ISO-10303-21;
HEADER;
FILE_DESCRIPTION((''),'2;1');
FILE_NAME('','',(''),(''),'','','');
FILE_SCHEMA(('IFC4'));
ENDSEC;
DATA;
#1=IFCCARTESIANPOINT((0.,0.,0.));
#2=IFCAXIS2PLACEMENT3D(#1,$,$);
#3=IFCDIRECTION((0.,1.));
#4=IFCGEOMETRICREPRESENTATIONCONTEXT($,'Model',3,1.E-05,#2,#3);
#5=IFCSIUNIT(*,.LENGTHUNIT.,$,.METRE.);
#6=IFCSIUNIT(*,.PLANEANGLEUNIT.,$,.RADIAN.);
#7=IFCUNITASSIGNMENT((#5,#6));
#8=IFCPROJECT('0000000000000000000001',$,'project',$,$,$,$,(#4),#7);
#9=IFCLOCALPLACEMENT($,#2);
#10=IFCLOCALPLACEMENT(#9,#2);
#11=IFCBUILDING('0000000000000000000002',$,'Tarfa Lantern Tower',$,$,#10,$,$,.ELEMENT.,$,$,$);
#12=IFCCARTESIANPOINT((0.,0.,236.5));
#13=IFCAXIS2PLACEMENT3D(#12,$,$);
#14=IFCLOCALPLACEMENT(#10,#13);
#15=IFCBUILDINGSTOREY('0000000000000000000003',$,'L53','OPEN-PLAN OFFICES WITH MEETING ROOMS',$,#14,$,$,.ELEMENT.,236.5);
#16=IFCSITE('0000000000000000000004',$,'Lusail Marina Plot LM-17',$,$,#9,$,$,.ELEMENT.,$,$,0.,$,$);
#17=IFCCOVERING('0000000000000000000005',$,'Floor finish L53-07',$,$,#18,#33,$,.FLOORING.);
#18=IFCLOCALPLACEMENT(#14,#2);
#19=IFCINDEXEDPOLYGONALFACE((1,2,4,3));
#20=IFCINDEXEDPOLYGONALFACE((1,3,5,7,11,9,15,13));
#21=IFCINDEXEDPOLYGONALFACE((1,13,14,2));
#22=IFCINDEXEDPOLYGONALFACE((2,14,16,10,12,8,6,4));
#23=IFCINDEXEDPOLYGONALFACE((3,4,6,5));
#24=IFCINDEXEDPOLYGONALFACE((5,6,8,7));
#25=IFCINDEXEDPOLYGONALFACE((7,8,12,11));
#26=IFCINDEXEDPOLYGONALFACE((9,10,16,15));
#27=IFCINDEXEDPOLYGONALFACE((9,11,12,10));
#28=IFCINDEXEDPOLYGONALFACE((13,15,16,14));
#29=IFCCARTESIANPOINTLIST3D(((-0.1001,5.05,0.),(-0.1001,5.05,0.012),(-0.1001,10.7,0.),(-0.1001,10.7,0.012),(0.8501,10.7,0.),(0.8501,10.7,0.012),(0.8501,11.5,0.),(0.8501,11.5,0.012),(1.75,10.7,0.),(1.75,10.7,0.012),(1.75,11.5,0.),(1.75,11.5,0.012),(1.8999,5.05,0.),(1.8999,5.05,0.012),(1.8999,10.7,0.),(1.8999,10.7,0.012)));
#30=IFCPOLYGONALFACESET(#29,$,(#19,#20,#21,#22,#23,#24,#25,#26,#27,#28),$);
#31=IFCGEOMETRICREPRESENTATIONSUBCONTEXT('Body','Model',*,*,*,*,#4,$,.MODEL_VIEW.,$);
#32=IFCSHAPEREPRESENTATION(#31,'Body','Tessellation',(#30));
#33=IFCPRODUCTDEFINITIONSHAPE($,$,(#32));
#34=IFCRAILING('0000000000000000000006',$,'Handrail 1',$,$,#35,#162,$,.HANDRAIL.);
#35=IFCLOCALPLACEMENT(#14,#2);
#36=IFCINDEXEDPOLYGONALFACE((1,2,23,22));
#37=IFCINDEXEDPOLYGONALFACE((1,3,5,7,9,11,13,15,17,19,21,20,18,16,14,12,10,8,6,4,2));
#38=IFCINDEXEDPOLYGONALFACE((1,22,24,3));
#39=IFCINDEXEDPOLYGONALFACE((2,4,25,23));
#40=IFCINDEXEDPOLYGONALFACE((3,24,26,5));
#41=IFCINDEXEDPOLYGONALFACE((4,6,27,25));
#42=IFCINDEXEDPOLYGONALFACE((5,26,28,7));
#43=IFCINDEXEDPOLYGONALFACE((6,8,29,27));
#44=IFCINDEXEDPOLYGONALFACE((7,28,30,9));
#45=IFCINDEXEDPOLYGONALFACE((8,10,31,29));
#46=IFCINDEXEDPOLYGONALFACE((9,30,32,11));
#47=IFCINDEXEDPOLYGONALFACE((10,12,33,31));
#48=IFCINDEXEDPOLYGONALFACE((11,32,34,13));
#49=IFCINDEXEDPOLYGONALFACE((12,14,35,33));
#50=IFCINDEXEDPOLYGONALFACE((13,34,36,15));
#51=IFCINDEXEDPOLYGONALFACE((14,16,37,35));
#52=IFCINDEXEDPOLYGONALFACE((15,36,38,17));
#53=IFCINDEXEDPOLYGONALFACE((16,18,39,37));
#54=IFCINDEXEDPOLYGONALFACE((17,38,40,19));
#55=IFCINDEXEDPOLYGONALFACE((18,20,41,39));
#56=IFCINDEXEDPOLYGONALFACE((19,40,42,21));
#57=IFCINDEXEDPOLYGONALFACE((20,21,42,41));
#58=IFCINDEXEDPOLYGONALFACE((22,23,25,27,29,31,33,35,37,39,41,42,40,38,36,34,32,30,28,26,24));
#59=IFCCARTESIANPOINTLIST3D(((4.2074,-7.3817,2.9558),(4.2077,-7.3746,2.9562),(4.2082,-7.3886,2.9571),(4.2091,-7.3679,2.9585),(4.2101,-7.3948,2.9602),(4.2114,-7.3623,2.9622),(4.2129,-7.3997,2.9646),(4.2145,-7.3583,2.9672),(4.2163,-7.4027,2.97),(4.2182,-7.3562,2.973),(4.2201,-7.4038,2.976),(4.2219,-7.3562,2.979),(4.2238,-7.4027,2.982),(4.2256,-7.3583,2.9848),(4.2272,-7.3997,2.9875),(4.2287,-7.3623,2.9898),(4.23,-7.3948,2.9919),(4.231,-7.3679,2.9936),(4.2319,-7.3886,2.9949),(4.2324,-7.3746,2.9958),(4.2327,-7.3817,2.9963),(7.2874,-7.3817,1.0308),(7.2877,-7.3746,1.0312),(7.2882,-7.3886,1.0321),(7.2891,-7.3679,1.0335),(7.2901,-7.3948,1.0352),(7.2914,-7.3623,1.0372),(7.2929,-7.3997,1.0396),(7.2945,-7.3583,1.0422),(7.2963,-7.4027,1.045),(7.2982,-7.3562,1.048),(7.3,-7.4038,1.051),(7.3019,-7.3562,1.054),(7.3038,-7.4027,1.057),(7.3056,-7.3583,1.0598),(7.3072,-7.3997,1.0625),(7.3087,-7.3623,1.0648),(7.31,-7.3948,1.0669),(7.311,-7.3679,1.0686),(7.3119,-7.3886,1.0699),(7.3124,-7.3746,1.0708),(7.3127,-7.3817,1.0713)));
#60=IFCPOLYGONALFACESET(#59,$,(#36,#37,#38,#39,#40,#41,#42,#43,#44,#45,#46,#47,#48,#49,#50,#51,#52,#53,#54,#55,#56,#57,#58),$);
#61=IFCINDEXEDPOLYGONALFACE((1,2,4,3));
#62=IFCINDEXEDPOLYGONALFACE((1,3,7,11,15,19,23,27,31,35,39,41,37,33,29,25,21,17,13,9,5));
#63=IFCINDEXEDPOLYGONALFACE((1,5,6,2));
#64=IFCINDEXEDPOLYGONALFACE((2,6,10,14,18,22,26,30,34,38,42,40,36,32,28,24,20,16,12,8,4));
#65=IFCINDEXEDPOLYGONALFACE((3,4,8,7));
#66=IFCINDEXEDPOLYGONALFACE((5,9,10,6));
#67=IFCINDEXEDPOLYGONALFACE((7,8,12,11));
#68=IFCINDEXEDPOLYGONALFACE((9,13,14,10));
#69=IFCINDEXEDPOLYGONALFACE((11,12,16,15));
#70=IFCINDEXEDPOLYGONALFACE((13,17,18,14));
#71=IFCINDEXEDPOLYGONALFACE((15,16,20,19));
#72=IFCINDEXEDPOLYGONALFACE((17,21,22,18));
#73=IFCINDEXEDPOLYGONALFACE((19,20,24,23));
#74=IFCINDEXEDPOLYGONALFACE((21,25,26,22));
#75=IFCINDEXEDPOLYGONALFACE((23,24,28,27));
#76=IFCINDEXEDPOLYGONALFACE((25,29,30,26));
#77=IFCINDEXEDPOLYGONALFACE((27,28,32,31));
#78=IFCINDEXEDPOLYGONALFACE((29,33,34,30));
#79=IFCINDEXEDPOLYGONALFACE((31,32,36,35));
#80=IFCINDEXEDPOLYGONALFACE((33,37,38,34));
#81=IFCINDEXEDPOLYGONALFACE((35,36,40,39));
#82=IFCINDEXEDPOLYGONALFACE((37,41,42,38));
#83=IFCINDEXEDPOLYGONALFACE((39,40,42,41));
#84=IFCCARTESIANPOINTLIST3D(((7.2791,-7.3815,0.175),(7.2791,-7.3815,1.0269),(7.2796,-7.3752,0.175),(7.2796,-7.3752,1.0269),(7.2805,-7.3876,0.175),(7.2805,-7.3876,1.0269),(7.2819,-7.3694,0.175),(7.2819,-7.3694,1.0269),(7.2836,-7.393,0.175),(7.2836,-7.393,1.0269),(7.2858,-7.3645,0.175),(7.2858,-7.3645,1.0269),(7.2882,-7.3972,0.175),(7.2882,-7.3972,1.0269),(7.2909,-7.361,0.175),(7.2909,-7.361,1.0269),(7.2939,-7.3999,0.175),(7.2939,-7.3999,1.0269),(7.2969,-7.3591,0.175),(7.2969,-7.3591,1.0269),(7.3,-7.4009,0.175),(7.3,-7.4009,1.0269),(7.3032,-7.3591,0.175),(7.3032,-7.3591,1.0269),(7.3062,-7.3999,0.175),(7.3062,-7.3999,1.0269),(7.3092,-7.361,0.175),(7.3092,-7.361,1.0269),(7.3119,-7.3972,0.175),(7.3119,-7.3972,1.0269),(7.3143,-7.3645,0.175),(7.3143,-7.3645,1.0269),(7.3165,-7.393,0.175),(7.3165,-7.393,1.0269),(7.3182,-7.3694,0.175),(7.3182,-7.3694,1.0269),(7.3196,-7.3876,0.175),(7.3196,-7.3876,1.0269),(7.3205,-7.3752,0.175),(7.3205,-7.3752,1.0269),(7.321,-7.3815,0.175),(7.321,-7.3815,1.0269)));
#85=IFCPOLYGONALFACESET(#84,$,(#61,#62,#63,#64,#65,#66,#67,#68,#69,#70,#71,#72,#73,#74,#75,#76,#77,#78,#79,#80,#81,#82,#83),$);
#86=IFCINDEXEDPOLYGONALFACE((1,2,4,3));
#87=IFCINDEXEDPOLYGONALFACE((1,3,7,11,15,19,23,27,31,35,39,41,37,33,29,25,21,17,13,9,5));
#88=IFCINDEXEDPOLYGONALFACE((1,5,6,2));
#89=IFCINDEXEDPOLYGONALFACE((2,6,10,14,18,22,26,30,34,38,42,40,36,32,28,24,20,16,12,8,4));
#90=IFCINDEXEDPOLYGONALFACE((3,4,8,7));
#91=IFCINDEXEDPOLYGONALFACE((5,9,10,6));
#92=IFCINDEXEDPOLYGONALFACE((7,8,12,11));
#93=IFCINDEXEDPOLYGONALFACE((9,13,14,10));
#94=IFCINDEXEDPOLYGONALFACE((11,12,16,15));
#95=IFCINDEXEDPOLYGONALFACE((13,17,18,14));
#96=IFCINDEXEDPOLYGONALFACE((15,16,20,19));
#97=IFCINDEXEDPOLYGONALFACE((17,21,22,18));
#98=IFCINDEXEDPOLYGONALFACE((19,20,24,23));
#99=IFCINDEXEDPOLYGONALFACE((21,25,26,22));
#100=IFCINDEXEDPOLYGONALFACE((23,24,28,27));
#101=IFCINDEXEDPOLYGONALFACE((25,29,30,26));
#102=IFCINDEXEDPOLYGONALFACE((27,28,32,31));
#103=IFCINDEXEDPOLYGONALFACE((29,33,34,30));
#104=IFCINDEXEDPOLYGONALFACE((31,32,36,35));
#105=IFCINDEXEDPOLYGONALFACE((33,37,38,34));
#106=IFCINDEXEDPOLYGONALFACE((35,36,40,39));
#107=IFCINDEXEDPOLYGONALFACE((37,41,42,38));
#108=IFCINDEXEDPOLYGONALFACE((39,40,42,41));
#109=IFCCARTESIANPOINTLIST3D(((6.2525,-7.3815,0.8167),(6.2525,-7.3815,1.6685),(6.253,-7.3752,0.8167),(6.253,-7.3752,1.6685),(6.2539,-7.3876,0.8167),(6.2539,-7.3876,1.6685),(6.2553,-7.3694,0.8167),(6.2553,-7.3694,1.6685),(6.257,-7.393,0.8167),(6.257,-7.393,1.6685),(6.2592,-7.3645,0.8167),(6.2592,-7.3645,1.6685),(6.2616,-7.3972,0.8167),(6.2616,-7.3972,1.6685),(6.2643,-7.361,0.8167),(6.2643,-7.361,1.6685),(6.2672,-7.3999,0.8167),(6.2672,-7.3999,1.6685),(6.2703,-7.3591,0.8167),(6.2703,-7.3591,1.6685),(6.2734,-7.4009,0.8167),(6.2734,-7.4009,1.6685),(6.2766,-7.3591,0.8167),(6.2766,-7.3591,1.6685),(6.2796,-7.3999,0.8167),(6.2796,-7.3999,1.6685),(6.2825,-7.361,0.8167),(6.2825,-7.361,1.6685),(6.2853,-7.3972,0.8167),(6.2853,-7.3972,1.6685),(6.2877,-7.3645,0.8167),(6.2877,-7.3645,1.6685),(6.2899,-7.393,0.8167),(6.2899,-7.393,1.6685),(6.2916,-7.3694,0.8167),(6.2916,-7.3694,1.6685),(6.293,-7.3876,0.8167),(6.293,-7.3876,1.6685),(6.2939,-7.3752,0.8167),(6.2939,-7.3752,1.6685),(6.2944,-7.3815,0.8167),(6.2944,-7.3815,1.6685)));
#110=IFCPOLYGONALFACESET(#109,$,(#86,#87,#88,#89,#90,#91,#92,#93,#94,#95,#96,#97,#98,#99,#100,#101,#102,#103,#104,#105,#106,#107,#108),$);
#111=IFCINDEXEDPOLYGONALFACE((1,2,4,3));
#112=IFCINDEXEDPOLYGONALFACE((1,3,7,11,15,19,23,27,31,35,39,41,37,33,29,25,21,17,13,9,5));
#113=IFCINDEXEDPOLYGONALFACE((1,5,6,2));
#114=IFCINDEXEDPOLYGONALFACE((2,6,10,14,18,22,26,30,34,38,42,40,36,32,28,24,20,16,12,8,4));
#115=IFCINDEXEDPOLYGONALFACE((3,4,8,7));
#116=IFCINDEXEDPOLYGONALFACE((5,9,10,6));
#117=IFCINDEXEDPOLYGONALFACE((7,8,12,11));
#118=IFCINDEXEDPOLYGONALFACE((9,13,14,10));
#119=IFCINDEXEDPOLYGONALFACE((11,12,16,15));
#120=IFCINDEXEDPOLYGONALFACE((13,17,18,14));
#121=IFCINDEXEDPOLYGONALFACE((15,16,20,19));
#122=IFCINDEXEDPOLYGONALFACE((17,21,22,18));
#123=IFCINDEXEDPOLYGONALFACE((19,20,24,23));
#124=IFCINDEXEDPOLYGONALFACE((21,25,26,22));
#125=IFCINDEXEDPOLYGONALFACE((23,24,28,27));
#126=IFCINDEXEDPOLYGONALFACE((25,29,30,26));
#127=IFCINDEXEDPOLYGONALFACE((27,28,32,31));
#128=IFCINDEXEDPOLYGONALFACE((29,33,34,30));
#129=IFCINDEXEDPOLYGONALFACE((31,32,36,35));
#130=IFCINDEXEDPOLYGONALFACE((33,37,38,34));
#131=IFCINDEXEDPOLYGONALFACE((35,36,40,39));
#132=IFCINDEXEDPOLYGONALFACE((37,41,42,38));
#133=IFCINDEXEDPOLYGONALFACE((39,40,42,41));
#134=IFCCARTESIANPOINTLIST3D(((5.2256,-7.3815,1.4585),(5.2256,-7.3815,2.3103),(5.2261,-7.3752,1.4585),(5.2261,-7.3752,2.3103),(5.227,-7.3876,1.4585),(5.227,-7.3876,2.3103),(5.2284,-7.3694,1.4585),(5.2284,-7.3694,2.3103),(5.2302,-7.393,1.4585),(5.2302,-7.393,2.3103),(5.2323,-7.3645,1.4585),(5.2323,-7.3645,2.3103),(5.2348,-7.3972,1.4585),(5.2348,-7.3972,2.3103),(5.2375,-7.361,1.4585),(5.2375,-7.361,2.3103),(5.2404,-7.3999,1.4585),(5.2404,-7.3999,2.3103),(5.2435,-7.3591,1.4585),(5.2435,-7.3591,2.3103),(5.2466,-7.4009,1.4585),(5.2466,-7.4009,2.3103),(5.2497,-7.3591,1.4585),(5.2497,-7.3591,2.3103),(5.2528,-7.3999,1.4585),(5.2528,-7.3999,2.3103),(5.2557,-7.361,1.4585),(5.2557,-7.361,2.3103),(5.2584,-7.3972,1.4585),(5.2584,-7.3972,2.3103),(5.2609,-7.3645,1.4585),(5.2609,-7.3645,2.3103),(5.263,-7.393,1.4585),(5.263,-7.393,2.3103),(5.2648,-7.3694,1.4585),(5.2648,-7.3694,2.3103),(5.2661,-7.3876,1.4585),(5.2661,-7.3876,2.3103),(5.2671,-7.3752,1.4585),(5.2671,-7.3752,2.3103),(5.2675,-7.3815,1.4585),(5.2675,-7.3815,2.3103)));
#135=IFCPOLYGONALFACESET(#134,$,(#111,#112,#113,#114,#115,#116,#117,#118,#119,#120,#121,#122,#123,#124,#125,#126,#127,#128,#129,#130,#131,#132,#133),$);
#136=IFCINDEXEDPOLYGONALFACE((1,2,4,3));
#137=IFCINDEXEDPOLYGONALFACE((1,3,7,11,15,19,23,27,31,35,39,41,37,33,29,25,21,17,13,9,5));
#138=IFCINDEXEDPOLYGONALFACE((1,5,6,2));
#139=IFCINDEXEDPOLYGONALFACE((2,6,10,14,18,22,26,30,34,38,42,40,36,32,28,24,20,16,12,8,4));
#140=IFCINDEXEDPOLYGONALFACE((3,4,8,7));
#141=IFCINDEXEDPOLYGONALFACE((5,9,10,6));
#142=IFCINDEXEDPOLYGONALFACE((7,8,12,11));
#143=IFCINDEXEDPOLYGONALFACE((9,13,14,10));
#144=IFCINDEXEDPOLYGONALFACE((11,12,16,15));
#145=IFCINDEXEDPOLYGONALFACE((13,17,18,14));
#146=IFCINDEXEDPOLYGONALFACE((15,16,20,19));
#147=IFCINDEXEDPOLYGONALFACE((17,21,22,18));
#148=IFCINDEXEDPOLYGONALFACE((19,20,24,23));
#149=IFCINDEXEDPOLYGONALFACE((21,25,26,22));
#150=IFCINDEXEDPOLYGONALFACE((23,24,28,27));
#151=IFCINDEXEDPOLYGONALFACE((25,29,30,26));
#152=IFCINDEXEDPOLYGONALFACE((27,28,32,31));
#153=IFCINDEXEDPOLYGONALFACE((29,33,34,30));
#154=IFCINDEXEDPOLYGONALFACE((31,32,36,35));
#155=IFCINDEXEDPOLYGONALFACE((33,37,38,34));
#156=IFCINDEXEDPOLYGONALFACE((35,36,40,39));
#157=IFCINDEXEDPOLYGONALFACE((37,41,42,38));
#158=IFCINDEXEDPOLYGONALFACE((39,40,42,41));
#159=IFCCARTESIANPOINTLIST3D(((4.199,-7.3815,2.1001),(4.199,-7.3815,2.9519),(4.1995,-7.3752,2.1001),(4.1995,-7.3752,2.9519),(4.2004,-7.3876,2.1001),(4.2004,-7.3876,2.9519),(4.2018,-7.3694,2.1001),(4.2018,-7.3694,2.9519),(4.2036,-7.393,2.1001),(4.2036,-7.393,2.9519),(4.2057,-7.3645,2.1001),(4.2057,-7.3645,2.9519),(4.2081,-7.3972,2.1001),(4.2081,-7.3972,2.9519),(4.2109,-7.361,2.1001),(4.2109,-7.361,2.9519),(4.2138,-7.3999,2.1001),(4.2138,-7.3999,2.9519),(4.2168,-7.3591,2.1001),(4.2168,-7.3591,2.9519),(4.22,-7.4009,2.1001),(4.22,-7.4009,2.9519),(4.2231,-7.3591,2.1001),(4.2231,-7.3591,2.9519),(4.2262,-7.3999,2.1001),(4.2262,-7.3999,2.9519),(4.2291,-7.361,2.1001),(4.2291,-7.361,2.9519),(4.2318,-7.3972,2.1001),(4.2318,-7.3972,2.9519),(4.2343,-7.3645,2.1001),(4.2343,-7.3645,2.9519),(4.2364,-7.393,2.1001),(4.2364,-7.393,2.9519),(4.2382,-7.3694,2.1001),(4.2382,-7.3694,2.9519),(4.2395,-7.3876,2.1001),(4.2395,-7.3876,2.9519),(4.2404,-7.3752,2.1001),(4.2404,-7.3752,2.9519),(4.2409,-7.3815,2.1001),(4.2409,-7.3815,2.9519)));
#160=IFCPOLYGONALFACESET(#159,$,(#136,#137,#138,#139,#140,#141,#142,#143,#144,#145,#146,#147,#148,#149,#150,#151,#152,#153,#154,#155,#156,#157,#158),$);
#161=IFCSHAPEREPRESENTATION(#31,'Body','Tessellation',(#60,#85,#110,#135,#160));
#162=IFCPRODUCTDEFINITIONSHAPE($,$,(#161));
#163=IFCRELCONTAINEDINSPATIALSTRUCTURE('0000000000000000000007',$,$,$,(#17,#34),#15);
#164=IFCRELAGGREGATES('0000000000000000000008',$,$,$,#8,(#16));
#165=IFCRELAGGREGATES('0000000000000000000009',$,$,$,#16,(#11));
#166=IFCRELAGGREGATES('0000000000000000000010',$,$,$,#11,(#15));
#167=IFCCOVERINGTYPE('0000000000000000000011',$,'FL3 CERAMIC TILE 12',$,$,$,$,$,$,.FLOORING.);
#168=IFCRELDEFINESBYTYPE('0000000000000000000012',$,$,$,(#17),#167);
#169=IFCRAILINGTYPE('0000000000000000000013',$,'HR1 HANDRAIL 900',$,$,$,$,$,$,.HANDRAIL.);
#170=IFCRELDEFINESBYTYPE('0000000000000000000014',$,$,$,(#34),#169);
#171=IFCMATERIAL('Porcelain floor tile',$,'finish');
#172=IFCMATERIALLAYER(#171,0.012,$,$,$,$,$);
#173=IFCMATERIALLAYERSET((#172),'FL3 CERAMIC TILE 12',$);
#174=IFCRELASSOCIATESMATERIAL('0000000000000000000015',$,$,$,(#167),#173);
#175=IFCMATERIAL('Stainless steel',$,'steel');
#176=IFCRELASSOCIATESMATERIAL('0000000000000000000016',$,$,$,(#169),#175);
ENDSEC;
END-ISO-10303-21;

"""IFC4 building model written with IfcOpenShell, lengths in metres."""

from ifc_helpers import new_model, si_unit, direction, frame, origin, origin_2d, place, context, subcontext, project, spatial, polyline, circle, outline, extrude, material, layer, layer_set, type_object, element, save


model = new_model("IFC4")

# Units and contexts
model_context = context("Model", 3, precision=1e-05, world=origin(), true_north=direction((0.0, 1.0)))
body_context = subcontext(model_context, "Body", "Model", "MODEL_VIEW")
ifc_project = project(units=[si_unit("LENGTHUNIT", "METRE"), si_unit("PLANEANGLEUNIT", "RADIAN")], contexts=[model_context])

# Site, building, storey
site_placement = place(None, origin())
site = spatial("IfcSite", under=ifc_project, at=site_placement, Name="Lusail Marina Plot LM-17", CompositionType="ELEMENT", RefElevation=0.0)
building_placement = place(site_placement, origin())
building = spatial("IfcBuilding", under=site, at=building_placement, Name="Tarfa Lantern Tower", CompositionType="ELEMENT")
storey_placement = place(building_placement, frame((0.0, 0.0, 236.5)))
storey = spatial("IfcBuildingStorey", under=building, at=storey_placement, Name="L53", Description="OPEN-PLAN OFFICES WITH MEETING ROOMS", CompositionType="ELEMENT", Elevation=236.5)

# Covering
ifc_material_1 = material(Name="Porcelain floor tile", Category="finish")
ifc_layer_1 = layer(ifc_material_1, 0.012)
ifc_layer_set_1 = layer_set([ifc_layer_1], Name="FL3 CERAMIC TILE 12")
covering_type_1 = type_object("IfcCoveringType", Name="FL3 CERAMIC TILE 12", PredefinedType="FLOORING", material=ifc_layer_set_1)
covering_1_placement = place(storey_placement, origin())
element("IfcCovering", 1, at=covering_1_placement, inside=storey, type_object=covering_type_1, Name="Floor finish L53-07", PredefinedType="FLOORING", context=body_context, shape_type="SweptSolid", body=[
    extrude(outline(polyline([(0.8501, 10.7), (-0.1001, 10.7), (-0.1001, 5.05), (1.8999, 5.05), (1.8999, 10.7), (1.75, 10.7), (1.75, 11.5), (1.75, 11.5), (0.8501, 11.5), (0.8501, 10.7)])), origin(), (0.0, 0.0, 1.0), 0.012),
])

# Railing
ifc_material_2 = material(Name="Stainless steel", Category="steel")
railing_type = type_object("IfcRailingType", Name="HR1 HANDRAIL 900", PredefinedType="HANDRAIL", material=ifc_material_2)
railing_1_placement = place(storey_placement, frame((7.3, -7.3799, 0.175)))
element("IfcRailing", 2, at=railing_1_placement, inside=storey, type_object=railing_type, Name="Handrail 1", PredefinedType="HANDRAIL", context=body_context, shape_type="SweptSolid", body=[
    extrude(circle(Radius=0.0239, at=origin_2d()), frame((0.0, 0.0, 0.876), z_axis=(-0.847998, 0.0, 0.529999), x_axis=(0.0, -1.0, 0.0)), (0.0, 0.0, 1.0), 3.6321),
    extrude(circle(Radius=0.021, at=origin_2d()), frame((0.0, 0.0, 0.0), z_axis=(0.0, 0.0, 1.0), x_axis=(0.0, -1.0, 0.0)), (0.0, 0.0, 1.0), 0.8518),
    extrude(circle(Radius=0.021, at=origin_2d()), frame((-1.0266, 0.0, 0.6416), z_axis=(0.0, 0.0, 1.0), x_axis=(0.0, -1.0, 0.0)), (0.0, 0.0, 1.0), 0.8518),
    extrude(circle(Radius=0.021, at=origin_2d()), frame((-2.0535, 0.0, 1.2834), z_axis=(0.0, 0.0, 1.0), x_axis=(0.0, -1.0, 0.0)), (0.0, 0.0, 1.0), 0.8518),
    extrude(circle(Radius=0.021, at=origin_2d()), frame((-3.0801, 0.0, 1.925), z_axis=(0.0, 0.0, 1.0), x_axis=(0.0, -1.0, 0.0)), (0.0, 0.0, 1.0), 0.8518),
])

save(model, "model.ifc")
